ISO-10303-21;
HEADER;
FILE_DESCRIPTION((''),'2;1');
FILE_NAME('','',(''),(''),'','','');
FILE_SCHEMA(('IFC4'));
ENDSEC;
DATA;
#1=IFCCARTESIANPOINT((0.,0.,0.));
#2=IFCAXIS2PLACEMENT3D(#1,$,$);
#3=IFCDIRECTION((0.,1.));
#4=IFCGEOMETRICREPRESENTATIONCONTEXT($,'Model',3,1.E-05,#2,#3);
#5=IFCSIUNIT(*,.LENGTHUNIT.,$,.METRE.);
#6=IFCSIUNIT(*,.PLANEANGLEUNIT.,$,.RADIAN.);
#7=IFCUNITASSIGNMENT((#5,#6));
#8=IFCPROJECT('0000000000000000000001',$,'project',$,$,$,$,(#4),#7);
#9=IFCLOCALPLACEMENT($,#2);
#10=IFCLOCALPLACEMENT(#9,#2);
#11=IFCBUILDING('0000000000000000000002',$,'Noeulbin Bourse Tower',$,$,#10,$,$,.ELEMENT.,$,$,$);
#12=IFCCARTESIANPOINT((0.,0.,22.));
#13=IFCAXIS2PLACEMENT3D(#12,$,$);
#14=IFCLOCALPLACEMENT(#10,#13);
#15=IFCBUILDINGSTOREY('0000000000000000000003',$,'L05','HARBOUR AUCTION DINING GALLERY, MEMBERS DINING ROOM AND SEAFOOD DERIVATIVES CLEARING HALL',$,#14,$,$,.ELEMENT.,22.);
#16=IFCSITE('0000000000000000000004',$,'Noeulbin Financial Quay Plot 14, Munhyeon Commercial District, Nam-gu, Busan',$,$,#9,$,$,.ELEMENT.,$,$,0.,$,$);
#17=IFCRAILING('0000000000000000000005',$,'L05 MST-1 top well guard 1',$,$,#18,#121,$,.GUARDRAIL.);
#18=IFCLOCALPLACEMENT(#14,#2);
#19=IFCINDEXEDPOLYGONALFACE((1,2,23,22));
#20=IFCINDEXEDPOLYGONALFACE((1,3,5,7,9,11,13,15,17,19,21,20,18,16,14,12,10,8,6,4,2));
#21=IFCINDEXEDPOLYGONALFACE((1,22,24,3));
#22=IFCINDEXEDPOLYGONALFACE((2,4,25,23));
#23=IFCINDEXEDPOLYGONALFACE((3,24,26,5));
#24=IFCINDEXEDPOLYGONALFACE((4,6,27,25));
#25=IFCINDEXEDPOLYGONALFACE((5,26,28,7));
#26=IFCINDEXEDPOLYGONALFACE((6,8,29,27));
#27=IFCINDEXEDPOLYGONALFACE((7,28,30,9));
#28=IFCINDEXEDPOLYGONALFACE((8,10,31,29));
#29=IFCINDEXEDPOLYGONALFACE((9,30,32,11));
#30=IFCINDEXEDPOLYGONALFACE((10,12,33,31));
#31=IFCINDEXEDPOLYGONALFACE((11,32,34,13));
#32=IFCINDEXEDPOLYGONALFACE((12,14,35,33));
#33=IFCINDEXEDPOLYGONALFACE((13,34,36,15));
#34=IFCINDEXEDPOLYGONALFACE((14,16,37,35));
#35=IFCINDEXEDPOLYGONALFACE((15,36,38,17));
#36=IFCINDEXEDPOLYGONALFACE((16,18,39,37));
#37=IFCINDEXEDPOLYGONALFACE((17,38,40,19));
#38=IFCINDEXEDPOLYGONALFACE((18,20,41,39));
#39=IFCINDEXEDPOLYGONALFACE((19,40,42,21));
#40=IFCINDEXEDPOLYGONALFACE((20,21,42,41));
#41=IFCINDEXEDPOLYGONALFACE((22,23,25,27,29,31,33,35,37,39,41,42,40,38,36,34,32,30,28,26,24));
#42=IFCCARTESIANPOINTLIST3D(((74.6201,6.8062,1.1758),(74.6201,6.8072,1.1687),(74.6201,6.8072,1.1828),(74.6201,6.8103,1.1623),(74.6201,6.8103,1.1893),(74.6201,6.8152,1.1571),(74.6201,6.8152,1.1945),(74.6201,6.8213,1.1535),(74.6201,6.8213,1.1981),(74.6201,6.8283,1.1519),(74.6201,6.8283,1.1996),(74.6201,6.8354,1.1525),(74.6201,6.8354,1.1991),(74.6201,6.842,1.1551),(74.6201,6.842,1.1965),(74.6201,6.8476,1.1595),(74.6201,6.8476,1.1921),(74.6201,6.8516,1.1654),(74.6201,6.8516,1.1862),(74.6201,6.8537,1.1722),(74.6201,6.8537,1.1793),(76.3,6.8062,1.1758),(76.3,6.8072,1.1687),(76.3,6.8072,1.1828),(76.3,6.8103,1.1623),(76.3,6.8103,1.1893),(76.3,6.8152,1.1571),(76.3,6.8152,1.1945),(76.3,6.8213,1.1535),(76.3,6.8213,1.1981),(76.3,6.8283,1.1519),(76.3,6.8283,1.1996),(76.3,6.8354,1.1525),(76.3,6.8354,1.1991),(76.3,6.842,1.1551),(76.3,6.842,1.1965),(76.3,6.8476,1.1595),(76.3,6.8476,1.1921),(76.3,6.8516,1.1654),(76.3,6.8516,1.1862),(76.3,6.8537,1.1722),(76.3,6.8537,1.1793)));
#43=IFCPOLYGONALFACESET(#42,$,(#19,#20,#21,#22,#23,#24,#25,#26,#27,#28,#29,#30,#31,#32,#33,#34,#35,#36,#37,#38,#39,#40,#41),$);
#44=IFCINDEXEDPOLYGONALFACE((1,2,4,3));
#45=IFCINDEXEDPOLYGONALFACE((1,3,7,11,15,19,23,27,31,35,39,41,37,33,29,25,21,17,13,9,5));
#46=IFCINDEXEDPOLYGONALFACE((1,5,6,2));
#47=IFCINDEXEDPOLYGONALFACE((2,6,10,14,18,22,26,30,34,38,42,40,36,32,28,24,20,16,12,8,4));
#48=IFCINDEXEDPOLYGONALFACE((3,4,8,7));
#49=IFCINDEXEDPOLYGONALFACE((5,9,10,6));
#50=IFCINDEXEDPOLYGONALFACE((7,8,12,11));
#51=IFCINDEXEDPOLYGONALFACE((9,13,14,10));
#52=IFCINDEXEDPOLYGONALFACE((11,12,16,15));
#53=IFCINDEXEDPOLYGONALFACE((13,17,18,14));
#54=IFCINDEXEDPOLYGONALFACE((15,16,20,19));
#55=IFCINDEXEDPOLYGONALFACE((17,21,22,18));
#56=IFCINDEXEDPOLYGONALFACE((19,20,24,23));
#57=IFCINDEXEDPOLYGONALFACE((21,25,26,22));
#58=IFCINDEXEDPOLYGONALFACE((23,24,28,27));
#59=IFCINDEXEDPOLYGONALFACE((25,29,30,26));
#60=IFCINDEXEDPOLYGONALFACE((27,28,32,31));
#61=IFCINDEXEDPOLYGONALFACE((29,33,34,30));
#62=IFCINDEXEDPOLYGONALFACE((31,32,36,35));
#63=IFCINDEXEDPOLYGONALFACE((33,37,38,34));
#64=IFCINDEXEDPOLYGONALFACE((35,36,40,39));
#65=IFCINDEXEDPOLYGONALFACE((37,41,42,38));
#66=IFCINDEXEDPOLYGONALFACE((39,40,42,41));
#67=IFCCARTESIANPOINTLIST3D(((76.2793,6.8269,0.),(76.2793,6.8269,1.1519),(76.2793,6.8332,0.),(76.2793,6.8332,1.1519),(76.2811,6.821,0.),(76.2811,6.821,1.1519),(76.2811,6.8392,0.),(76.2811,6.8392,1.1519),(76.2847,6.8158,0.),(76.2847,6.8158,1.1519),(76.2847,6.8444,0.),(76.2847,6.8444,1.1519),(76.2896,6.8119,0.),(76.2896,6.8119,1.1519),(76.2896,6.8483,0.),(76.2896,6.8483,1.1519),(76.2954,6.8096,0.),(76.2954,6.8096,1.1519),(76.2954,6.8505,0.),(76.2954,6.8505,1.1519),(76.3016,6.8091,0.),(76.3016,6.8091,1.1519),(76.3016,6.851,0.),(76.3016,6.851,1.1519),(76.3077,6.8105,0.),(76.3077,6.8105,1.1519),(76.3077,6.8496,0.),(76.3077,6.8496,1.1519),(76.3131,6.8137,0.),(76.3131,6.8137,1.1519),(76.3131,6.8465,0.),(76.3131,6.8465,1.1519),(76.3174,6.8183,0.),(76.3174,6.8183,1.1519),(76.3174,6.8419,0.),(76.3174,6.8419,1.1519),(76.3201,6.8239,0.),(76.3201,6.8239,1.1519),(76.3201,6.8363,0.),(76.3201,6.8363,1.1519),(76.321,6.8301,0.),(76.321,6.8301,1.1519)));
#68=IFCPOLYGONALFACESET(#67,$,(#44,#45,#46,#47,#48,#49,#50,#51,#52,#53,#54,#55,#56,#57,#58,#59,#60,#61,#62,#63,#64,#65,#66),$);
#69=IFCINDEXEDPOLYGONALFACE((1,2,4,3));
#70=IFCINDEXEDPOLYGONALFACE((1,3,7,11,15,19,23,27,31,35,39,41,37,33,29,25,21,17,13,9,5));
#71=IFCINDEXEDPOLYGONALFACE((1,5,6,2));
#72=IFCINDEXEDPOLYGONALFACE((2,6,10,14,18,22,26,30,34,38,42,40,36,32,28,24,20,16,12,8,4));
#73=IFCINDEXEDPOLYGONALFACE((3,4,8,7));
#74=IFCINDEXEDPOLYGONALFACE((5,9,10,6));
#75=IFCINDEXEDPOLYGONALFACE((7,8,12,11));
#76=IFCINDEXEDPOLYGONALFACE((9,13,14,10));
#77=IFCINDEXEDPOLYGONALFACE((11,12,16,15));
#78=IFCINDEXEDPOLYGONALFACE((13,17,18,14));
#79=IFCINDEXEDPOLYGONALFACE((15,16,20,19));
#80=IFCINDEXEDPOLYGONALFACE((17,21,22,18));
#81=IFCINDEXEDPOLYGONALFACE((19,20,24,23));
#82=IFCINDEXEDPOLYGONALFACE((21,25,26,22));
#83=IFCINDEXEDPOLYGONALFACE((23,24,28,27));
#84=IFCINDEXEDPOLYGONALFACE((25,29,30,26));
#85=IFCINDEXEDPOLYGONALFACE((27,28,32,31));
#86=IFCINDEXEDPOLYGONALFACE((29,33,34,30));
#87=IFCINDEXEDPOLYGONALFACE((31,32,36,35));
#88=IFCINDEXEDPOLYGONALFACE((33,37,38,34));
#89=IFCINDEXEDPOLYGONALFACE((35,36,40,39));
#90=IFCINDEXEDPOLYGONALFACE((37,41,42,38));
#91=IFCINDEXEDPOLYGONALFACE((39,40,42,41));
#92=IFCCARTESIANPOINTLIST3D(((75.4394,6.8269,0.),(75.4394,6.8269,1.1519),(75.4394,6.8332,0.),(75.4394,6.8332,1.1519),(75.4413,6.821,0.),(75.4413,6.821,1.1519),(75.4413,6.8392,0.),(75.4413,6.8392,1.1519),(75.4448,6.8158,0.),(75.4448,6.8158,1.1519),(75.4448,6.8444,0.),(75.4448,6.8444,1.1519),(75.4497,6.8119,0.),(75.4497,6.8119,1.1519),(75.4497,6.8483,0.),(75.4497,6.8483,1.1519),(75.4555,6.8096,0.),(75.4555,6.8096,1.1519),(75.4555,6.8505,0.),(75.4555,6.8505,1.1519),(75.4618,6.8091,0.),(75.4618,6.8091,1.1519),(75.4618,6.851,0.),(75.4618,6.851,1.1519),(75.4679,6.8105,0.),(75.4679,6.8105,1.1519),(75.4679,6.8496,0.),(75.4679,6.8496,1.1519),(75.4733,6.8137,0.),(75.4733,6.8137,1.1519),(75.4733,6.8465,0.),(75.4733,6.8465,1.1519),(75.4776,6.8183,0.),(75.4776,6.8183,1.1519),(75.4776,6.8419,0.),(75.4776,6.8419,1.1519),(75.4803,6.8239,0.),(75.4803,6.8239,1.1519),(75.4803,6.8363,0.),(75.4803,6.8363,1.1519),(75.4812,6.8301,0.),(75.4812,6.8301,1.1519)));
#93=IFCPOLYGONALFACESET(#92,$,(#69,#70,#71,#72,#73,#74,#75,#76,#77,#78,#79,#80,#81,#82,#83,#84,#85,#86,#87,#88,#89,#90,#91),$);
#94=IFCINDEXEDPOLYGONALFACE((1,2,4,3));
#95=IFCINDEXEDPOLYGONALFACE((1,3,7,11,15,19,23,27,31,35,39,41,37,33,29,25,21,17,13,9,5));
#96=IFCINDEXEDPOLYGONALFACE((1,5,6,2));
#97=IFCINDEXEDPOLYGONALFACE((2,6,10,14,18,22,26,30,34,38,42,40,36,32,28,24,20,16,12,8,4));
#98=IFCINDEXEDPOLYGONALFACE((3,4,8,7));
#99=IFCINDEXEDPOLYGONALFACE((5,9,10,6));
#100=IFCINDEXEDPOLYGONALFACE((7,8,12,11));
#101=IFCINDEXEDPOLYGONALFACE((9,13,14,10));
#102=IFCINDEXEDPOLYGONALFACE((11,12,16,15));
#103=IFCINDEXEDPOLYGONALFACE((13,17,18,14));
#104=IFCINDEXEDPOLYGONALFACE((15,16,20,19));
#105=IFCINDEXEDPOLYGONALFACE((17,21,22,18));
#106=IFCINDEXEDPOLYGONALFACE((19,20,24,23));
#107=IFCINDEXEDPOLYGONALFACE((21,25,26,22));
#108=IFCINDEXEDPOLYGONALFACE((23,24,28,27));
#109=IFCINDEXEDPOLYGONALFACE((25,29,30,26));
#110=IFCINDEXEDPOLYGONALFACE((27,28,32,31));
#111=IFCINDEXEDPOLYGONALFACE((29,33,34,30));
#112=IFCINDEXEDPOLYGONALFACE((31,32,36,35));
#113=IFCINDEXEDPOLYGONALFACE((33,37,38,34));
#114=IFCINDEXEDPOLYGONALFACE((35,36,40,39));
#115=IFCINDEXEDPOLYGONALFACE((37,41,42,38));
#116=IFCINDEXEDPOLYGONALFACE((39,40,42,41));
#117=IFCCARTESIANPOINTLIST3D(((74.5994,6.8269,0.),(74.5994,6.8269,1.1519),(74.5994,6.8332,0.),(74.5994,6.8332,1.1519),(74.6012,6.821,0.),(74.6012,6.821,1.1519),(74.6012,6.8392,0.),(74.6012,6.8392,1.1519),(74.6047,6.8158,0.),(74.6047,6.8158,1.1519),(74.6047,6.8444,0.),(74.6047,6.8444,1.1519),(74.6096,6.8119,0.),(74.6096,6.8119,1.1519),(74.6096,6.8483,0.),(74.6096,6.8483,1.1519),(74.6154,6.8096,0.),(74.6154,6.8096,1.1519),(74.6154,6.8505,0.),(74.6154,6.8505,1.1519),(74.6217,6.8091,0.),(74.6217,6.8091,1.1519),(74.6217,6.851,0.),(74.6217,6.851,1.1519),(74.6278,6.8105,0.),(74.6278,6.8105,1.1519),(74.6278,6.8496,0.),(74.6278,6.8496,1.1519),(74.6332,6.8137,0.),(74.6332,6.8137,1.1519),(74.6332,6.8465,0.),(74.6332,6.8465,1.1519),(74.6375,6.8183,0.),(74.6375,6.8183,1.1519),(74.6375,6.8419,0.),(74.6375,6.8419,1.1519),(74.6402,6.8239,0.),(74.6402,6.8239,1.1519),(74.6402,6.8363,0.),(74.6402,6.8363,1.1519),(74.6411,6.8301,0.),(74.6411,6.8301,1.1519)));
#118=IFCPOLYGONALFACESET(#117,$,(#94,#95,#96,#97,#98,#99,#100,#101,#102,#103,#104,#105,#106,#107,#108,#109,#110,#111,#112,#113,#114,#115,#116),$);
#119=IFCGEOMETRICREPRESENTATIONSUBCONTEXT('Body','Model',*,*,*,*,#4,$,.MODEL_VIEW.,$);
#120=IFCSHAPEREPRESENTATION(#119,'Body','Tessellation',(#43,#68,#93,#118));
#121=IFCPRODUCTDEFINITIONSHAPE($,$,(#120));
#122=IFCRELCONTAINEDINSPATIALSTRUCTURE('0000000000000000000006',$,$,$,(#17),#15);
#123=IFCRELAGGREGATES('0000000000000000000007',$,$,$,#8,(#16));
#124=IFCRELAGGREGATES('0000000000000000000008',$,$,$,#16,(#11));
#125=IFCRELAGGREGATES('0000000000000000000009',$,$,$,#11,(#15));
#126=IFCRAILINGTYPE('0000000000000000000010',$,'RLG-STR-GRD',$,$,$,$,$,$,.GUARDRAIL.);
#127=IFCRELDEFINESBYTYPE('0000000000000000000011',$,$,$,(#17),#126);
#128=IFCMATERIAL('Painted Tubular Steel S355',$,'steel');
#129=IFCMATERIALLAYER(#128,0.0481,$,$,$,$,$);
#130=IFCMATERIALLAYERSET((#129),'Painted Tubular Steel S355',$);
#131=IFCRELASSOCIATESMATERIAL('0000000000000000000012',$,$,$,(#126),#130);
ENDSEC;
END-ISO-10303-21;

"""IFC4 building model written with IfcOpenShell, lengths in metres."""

from ifc_helpers import new_model, si_unit, direction, frame, origin, origin_2d, place, context, subcontext, project, spatial, circle, extrude, material, layer, layer_set, type_object, element, save


model = new_model("IFC4")

# Units and contexts
model_context = context("Model", 3, precision=1e-05, world=origin(), true_north=direction((0.0, 1.0)))
body_context = subcontext(model_context, "Body", "Model", "MODEL_VIEW")
ifc_project = project(units=[si_unit("LENGTHUNIT", "METRE"), si_unit("PLANEANGLEUNIT", "RADIAN")], contexts=[model_context])

# Site, building, storey
site_placement = place(None, origin())
site = spatial("IfcSite", under=ifc_project, at=site_placement, Name="Noeulbin Financial Quay Plot 14, Munhyeon Commercial District, Nam-gu, Busan", CompositionType="ELEMENT", RefElevation=0.0)
building_placement = place(site_placement, origin())
building = spatial("IfcBuilding", under=site, at=building_placement, Name="Noeulbin Bourse Tower", CompositionType="ELEMENT")
storey_placement = place(building_placement, frame((0.0, 0.0, 22.0)))
storey = spatial("IfcBuildingStorey", under=building, at=storey_placement, Name="L05", Description="HARBOUR AUCTION DINING GALLERY, MEMBERS DINING ROOM AND SEAFOOD DERIVATIVES CLEARING HALL", CompositionType="ELEMENT", Elevation=22.0)

# Railing
ifc_material_1 = material(Name="Painted Tubular Steel S355", Category="steel")
ifc_layer_1 = layer(ifc_material_1, 0.0481)
ifc_layer_set_1 = layer_set([ifc_layer_1], Name="Painted Tubular Steel S355")
railing_type = type_object("IfcRailingType", Name="RLG-STR-GRD", PredefinedType="GUARDRAIL", material=ifc_layer_set_1)
railing_placement = place(storey_placement, frame((76.3, 6.8301, 0.0)))
element("IfcRailing", 1, at=railing_placement, inside=storey, type_object=railing_type, Name="L05 MST-1 top well guard 1", PredefinedType="GUARDRAIL", context=body_context, shape_type="SweptSolid", body=[
    extrude(circle(Radius=0.0239, at=origin_2d()), frame((0.0, 0.0, 1.1758), z_axis=(-1.0, 0.0, 0.0), x_axis=(0.0, -1.0, 0.0)), (0.0, 0.0, 1.0), 1.6799),
    extrude(circle(Radius=0.021, at=origin_2d()), origin(), (0.0, 0.0, 1.0), 1.1519),
    extrude(circle(Radius=0.021, at=origin_2d()), frame((-0.8398, 0.0, 0.0)), (0.0, 0.0, 1.0), 1.1519),
    extrude(circle(Radius=0.021, at=origin_2d()), frame((-1.6799, 0.0, 0.0)), (0.0, 0.0, 1.0), 1.1519),
])

save(model, "model.ifc")
